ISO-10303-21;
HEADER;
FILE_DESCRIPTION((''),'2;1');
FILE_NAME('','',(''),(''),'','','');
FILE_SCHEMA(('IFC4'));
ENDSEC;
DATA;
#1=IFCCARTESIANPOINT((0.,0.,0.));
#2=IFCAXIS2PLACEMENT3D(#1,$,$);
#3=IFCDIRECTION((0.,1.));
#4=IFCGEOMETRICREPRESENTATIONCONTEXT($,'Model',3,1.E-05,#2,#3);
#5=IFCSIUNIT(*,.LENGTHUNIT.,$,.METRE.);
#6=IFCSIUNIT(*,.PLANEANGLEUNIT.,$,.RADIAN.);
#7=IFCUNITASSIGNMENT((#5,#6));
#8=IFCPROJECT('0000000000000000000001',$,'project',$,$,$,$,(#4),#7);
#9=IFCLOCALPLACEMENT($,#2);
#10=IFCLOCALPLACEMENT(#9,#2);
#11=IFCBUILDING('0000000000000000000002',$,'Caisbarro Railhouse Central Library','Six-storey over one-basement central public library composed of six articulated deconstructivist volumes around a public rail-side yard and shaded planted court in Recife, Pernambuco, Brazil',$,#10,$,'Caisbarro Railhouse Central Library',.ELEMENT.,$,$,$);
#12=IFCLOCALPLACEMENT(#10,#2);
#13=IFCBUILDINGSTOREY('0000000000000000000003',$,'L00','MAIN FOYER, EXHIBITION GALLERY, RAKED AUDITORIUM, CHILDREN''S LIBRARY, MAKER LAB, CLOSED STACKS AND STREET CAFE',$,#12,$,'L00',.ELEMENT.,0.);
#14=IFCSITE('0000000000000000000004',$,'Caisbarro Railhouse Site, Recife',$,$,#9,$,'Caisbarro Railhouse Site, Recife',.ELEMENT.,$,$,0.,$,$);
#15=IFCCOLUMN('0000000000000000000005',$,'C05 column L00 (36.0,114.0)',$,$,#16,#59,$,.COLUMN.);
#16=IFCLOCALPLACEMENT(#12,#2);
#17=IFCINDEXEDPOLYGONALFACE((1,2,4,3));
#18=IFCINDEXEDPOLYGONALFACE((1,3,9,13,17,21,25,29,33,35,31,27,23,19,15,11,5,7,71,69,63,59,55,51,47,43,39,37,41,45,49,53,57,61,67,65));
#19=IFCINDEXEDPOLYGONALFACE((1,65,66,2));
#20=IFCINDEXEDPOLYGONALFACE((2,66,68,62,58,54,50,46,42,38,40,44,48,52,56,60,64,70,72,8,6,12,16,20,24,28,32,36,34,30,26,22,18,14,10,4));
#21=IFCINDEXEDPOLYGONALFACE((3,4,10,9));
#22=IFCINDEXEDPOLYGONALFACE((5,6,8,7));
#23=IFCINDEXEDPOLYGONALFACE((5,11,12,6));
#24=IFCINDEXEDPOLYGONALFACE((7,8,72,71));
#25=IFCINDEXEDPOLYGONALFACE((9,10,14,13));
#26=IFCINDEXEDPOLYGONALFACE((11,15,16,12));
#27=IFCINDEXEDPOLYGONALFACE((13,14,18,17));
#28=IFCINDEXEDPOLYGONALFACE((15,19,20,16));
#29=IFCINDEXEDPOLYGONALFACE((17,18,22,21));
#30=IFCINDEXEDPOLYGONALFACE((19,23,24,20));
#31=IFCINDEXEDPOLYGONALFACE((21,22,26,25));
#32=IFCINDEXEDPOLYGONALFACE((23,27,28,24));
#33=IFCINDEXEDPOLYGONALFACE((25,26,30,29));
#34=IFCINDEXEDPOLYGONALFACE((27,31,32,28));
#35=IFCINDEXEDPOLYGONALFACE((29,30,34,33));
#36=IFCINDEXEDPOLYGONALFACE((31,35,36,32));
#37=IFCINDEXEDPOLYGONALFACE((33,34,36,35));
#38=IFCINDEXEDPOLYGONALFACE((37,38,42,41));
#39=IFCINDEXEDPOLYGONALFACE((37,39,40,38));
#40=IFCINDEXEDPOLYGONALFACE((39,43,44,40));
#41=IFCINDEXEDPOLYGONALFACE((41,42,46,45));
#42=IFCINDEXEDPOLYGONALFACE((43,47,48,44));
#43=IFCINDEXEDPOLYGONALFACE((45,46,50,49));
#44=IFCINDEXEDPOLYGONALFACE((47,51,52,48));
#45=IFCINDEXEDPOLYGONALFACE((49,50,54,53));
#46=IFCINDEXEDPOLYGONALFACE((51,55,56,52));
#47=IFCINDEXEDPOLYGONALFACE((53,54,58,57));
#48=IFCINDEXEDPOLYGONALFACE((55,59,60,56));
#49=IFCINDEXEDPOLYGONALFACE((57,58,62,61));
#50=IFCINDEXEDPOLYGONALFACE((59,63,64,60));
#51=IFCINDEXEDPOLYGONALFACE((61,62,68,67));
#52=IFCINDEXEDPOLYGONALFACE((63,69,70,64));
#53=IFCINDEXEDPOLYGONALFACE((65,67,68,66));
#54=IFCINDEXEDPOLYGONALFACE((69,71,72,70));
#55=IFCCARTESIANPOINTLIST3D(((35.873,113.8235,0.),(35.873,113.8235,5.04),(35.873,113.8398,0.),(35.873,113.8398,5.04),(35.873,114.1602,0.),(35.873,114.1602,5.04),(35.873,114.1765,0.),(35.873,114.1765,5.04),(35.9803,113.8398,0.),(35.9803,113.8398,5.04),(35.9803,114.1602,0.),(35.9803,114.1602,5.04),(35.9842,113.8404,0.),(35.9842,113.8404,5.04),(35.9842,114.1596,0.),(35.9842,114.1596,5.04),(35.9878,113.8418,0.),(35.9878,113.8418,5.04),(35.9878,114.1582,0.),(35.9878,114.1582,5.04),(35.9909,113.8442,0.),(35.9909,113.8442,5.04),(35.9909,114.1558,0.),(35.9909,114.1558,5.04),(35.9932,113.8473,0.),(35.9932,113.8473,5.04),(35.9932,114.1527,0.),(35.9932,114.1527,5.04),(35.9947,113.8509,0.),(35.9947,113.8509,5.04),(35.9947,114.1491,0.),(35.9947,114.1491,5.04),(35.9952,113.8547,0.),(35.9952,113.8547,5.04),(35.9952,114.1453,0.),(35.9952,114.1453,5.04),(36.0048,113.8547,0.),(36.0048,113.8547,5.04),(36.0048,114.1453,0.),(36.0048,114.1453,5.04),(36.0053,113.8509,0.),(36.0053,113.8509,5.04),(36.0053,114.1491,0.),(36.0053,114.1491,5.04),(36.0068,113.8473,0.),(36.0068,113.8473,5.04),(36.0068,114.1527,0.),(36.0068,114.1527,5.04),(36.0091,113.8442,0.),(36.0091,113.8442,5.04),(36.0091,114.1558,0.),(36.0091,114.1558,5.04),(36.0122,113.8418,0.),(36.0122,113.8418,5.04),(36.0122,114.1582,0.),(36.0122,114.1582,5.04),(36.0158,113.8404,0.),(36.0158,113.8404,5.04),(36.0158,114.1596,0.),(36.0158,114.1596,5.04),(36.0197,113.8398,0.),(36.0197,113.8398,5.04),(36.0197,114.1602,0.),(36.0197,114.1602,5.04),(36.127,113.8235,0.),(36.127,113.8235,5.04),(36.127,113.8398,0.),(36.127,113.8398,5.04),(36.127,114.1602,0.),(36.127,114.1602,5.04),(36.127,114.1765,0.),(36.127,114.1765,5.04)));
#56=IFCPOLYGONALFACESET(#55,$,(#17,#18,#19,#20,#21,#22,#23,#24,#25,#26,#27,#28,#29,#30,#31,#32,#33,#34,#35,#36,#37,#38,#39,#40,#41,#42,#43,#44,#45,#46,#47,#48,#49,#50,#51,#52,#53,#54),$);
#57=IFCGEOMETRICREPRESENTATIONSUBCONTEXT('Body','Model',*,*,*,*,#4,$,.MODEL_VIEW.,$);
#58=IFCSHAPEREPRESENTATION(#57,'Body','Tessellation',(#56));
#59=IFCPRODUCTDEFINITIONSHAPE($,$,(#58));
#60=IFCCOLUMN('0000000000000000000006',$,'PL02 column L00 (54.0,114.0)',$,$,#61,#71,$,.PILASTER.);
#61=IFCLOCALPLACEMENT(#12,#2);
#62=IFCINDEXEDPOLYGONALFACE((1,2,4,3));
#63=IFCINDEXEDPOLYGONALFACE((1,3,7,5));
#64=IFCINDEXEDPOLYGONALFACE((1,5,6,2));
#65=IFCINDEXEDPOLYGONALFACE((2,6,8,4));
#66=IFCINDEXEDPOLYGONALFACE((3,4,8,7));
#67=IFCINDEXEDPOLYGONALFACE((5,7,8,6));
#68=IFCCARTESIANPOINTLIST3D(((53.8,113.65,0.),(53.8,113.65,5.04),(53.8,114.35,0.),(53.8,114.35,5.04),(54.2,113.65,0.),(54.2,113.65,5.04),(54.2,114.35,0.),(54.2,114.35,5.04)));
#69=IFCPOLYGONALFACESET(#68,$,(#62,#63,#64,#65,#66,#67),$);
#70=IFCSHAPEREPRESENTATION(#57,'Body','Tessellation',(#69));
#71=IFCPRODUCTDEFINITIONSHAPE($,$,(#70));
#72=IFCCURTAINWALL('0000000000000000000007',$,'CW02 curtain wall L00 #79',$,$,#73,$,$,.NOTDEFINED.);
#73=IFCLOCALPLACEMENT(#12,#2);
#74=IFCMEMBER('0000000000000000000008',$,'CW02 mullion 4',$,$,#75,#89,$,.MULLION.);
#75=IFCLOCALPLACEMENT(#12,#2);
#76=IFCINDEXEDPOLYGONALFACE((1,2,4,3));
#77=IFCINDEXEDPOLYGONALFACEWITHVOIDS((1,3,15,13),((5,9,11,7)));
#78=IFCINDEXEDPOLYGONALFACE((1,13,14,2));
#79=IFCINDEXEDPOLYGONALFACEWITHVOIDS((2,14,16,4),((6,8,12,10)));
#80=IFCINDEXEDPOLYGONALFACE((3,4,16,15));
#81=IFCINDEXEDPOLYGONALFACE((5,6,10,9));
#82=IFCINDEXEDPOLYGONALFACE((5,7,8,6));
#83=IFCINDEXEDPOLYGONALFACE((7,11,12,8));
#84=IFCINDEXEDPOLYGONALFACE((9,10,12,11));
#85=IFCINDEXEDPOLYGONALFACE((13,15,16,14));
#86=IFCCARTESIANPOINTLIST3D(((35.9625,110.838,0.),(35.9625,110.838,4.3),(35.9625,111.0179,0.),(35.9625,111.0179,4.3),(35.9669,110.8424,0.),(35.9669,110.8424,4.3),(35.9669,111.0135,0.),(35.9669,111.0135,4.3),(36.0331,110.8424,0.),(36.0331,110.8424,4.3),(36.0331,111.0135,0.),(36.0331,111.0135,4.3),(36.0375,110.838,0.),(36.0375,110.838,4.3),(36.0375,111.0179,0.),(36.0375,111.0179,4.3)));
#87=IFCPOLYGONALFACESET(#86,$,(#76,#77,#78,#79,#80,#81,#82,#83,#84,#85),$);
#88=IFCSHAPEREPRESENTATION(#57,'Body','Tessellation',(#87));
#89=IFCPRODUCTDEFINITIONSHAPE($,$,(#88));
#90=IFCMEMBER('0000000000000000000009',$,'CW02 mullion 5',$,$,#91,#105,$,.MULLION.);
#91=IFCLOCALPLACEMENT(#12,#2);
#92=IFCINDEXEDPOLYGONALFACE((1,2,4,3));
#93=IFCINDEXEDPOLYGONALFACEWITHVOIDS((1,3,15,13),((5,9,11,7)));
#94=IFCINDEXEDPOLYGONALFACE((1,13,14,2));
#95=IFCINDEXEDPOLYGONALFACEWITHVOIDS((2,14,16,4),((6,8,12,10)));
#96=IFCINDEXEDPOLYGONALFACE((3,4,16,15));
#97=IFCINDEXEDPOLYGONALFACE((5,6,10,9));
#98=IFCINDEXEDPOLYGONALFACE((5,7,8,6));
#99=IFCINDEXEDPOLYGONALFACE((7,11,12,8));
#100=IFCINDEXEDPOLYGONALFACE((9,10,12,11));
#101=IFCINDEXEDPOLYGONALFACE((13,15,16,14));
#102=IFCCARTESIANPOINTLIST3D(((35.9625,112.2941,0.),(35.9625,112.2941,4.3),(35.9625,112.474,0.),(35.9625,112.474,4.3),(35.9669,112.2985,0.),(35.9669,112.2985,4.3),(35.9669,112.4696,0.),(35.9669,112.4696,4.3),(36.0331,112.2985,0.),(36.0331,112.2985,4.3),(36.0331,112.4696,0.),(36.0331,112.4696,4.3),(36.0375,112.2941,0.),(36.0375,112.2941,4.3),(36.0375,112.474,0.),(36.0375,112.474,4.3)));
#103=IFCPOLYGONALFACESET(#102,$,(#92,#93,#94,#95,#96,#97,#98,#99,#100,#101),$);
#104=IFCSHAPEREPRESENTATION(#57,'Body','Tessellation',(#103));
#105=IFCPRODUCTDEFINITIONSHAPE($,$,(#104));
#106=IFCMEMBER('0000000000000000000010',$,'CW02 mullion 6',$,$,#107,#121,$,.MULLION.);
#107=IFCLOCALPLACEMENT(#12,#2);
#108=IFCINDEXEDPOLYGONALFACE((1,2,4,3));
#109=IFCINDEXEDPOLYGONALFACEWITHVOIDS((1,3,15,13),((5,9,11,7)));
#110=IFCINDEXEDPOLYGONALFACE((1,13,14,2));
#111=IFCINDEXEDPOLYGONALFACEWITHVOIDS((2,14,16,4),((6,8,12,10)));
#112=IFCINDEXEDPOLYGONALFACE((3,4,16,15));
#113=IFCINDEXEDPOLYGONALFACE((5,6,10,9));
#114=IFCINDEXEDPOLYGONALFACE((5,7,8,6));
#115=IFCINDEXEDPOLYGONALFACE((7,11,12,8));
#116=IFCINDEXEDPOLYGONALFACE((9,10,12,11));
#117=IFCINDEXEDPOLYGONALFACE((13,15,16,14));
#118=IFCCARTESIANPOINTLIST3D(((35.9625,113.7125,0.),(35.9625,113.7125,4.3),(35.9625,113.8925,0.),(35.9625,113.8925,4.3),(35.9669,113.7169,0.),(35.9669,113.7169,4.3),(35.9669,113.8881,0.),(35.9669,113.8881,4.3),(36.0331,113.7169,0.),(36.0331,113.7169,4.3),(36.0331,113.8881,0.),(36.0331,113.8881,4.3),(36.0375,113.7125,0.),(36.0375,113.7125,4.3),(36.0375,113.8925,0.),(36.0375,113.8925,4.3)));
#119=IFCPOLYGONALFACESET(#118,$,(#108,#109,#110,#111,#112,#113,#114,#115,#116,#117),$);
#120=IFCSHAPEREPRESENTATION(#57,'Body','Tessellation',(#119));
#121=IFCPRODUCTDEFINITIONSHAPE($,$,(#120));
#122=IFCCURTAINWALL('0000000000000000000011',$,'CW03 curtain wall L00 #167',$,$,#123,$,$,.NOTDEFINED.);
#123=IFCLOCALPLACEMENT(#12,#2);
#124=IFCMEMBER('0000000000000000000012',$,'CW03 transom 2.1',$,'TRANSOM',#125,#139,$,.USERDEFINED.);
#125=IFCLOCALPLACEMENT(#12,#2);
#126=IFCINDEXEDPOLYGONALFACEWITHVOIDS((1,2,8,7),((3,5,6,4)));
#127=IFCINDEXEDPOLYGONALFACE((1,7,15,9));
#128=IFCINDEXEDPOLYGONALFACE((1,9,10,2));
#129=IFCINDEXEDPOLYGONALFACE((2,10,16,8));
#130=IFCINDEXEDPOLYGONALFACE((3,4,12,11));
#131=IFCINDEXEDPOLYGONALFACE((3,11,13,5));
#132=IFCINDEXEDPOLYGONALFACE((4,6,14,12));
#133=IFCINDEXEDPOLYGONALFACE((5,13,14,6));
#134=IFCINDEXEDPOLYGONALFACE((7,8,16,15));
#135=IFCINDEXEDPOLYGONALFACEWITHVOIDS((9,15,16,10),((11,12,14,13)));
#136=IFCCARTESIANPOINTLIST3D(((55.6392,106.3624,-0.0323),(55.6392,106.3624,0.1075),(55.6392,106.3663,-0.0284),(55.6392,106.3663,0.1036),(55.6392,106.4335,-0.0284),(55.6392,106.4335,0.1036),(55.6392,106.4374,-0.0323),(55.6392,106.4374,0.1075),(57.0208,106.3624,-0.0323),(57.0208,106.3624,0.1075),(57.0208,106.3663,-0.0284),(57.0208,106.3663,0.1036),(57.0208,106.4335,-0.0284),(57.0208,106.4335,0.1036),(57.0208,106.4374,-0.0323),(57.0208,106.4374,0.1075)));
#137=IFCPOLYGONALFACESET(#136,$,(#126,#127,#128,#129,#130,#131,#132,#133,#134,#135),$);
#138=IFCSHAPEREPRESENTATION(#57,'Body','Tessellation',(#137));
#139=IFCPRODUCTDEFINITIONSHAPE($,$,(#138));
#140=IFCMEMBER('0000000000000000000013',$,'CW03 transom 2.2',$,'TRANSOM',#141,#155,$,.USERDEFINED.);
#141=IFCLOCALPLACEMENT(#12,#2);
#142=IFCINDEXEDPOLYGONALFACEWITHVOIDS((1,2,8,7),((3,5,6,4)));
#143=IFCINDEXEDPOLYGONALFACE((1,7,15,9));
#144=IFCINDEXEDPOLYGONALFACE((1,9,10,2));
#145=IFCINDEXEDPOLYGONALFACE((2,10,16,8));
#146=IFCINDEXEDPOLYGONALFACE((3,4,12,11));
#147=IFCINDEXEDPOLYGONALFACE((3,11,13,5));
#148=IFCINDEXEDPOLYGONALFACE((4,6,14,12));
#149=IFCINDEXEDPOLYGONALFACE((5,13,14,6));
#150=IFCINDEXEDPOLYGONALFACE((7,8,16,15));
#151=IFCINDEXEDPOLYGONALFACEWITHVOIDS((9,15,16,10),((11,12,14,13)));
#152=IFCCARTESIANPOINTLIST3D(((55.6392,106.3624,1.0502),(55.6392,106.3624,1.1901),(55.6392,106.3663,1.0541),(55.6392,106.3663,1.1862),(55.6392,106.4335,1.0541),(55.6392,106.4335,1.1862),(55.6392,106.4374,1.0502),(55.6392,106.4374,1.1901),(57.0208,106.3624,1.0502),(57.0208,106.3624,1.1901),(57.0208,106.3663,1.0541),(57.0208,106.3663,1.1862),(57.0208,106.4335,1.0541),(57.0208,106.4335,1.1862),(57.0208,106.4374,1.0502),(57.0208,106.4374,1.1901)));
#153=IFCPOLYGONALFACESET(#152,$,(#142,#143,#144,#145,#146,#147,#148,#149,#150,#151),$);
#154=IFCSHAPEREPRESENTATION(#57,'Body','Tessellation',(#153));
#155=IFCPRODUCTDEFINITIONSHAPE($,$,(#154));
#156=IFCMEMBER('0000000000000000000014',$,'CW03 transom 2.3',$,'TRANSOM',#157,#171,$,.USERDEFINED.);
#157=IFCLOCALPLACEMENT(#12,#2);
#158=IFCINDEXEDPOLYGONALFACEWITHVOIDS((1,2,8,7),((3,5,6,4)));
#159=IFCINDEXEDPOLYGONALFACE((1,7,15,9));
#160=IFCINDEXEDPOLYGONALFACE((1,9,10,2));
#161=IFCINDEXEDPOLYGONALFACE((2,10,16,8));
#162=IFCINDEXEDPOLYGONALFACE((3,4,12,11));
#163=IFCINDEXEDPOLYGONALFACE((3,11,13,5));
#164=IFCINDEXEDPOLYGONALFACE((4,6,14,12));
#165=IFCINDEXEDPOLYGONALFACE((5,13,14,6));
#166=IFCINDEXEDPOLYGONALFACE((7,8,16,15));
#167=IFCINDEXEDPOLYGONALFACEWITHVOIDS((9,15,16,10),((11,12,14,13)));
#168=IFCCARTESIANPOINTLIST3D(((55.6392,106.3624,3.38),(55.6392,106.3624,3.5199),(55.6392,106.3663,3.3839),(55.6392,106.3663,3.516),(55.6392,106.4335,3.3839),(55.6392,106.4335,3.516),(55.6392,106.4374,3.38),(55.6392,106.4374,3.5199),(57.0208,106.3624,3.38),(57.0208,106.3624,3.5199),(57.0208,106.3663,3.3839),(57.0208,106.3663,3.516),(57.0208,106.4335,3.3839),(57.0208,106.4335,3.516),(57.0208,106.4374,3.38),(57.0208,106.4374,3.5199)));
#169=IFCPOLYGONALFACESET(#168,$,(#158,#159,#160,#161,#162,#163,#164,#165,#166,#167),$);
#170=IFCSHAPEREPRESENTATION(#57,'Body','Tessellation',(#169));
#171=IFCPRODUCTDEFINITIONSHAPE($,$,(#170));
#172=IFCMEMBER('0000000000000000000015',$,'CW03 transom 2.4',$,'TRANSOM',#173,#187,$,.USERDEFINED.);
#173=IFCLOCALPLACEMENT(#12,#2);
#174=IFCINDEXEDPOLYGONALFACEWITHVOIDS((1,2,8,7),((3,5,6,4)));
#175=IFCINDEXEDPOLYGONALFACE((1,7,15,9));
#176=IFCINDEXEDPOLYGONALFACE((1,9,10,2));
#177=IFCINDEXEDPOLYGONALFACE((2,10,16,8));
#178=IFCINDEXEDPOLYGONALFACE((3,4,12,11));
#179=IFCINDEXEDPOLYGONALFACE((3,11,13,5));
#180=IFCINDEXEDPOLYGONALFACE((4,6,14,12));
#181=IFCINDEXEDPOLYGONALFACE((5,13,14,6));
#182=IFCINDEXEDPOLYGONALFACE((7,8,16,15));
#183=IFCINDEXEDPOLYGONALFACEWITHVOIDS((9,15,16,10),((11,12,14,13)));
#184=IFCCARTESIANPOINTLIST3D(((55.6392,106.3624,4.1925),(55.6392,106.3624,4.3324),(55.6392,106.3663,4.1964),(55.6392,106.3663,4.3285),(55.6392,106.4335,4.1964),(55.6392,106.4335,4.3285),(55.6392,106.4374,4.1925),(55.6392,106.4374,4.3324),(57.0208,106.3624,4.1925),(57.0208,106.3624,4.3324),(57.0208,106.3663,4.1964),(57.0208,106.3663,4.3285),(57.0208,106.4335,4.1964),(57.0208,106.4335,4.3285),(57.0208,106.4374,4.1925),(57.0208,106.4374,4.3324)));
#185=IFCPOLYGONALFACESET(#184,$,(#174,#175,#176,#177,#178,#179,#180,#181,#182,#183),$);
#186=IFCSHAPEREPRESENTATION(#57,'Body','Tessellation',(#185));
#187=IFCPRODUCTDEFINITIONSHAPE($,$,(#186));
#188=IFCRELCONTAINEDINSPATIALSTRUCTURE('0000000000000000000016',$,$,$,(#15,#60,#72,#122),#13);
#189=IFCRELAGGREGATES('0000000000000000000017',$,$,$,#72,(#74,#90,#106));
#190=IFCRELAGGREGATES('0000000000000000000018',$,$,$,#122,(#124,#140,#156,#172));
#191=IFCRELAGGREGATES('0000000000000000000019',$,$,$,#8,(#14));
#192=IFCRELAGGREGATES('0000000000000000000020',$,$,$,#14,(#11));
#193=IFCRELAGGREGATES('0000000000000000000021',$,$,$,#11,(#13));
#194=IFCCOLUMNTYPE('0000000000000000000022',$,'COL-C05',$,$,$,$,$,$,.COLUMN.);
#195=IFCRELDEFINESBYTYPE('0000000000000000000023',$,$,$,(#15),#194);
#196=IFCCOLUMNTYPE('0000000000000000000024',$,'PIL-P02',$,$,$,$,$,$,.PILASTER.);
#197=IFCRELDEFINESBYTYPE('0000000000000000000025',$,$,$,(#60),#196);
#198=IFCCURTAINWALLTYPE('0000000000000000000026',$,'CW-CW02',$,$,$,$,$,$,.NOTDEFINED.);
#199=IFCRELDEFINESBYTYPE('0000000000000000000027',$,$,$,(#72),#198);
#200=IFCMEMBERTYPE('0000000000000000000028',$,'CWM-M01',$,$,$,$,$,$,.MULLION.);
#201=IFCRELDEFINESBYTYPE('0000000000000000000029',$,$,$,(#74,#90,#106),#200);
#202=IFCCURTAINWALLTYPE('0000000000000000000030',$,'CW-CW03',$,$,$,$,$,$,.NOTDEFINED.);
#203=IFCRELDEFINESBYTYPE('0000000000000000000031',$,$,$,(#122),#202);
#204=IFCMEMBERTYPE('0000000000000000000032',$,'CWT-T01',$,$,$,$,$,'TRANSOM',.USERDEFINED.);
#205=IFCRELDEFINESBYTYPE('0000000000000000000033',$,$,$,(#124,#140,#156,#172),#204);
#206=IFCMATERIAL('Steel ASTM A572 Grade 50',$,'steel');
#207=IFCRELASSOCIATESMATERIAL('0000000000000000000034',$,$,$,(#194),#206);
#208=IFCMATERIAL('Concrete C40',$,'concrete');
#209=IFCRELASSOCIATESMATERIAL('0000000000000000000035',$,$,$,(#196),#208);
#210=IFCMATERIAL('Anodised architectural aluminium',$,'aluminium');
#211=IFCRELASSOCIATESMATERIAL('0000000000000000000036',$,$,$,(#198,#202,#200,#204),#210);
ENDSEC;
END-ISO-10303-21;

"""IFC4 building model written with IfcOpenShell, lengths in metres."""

from ifc_helpers import new_model, si_unit, direction, frame, origin, origin_2d, place, context, subcontext, project, spatial, rectangle, hollow_rectangle, i_section, extrude, material, material_profile, profile_set, type_object, element, aggregate, save


model = new_model("IFC4")

# Units and contexts
model_context = context("Model", 3, precision=1e-05, world=origin(), true_north=direction((0.0, 1.0)))
body_context = subcontext(model_context, "Body", "Model", "MODEL_VIEW")
ifc_project = project(units=[si_unit("LENGTHUNIT", "METRE"), si_unit("PLANEANGLEUNIT", "RADIAN")], contexts=[model_context])

# Site, building, storey
site_placement = place(None, origin())
site = spatial("IfcSite", under=ifc_project, at=site_placement, Name="Caisbarro Railhouse Site, Recife", LongName="Caisbarro Railhouse Site, Recife", CompositionType="ELEMENT", RefElevation=0.0)
building_placement = place(site_placement, origin())
building = spatial("IfcBuilding", under=site, at=building_placement, Name="Caisbarro Railhouse Central Library", Description="Six-storey over one-basement central public library composed of six articulated deconstructivist volumes around a public rail-side yard and shaded planted court in Recife, Pernambuco, Brazil", LongName="Caisbarro Railhouse Central Library", CompositionType="ELEMENT")
storey_placement = place(building_placement, origin())
storey = spatial("IfcBuildingStorey", under=building, at=storey_placement, Name="L00", Description="MAIN FOYER, EXHIBITION GALLERY, RAKED AUDITORIUM, CHILDREN'S LIBRARY, MAKER LAB, CLOSED STACKS AND STREET CAFE", LongName="L00", CompositionType="ELEMENT", Elevation=0.0)

# Columns
ifc_material_1 = material(Name="Steel ASTM A572 Grade 50", Category="steel")
ifc_material_profile_1 = material_profile(ifc_material_1, i_section(OverallWidth=0.2539, OverallDepth=0.353, WebThickness=0.0095, FlangeThickness=0.0164, FilletRadius=0.0149, at=origin_2d()), Name="W360X91.0")
ifc_profile_set_1 = profile_set([ifc_material_profile_1], Name="Steel ASTM A572 Grade 50")
column_type_1 = type_object("IfcColumnType", Name="COL-C05", PredefinedType="COLUMN", material=ifc_profile_set_1)
column_1_placement = place(storey_placement, frame((36.0, 114.0, 0.0), z_axis=(0.0, 0.0, 1.0), x_axis=(1.0, 0.0, 0.0)))
element("IfcColumn", 1, at=column_1_placement, inside=storey, type_object=column_type_1, Name="C05 column L00 (36.0,114.0)", PredefinedType="COLUMN", context=body_context, shape_type="SweptSolid", body=[
    extrude(i_section(OverallWidth=0.2539, OverallDepth=0.353, WebThickness=0.0095, FlangeThickness=0.0164, FilletRadius=0.0149, at=origin_2d()), origin(), (0.0, 0.0, 1.0), 5.04),
])
ifc_material_2 = material(Name="Concrete C40", Category="concrete")
ifc_material_profile_2 = material_profile(ifc_material_2, rectangle(XDim=0.3999, YDim=0.7, at=origin_2d()), Name="RC-PIL-400X700")
ifc_profile_set_2 = profile_set([ifc_material_profile_2], Name="Concrete C40")
column_type_2 = type_object("IfcColumnType", Name="PIL-P02", PredefinedType="PILASTER", material=ifc_profile_set_2)
column_2_placement = place(storey_placement, frame((54.0, 114.0, 0.0), z_axis=(0.0, 0.0, 1.0), x_axis=(1.0, 0.0, 0.0)))
element("IfcColumn", 2, at=column_2_placement, inside=storey, type_object=column_type_2, Name="PL02 column L00 (54.0,114.0)", PredefinedType="PILASTER", context=body_context, shape_type="SweptSolid", body=[
    extrude(rectangle(XDim=0.3999, YDim=0.7, at=origin_2d()), origin(), (0.0, 0.0, 1.0), 5.04),
])

# Curtain walls, members
ifc_material_3 = material(Name="Anodised architectural aluminium", Category="aluminium")
curtain_wall_type_1 = type_object("IfcCurtainWallType", Name="CW-CW02", PredefinedType="NOTDEFINED", material=ifc_material_3)
curtain_wall_1_placement = place(storey_placement, origin())
curtain_wall_1 = element("IfcCurtainWall", 3, at=curtain_wall_1_placement, inside=storey, type_object=curtain_wall_type_1, Name="CW02 curtain wall L00 #79", PredefinedType="NOTDEFINED")
ifc_material_profile_3 = material_profile(ifc_material_3, hollow_rectangle(XDim=0.075, YDim=0.1799, WallThickness=0.0044, at=origin_2d()), Name="ALU-MUL-75X180")
ifc_profile_set_3 = profile_set([ifc_material_profile_3], Name="Anodised architectural aluminium")
member_type_1 = type_object("IfcMemberType", Name="CWM-M01", PredefinedType="MULLION", material=ifc_profile_set_3)
member_1_placement = place(storey_placement, frame((36.0, 110.928, 0.0), z_axis=(0.0, 0.0, 1.0), x_axis=(-1.0, 0.0, 0.0)))
member_1 = element("IfcMember", 4, at=member_1_placement, type_object=member_type_1, Name="CW02 mullion 4", PredefinedType="MULLION", context=body_context, shape_type="SweptSolid", body=[
    extrude(hollow_rectangle(XDim=0.075, YDim=0.1799, WallThickness=0.0044, at=origin_2d()), origin(), (0.0, 0.0, 1.0), 4.3),
])
member_2_placement = place(storey_placement, frame((36.0, 112.384, 0.0), z_axis=(0.0, 0.0, 1.0), x_axis=(-1.0, 0.0, 0.0)))
member_2 = element("IfcMember", 5, at=member_2_placement, type_object=member_type_1, Name="CW02 mullion 5", PredefinedType="MULLION", context=body_context, shape_type="SweptSolid", body=[
    extrude(hollow_rectangle(XDim=0.075, YDim=0.1799, WallThickness=0.0044, at=origin_2d()), origin(), (0.0, 0.0, 1.0), 4.3),
])
member_3_placement = place(storey_placement, frame((36.0, 113.8025, 0.0), z_axis=(0.0, 0.0, 1.0), x_axis=(-1.0, 0.0, 0.0)))
member_3 = element("IfcMember", 6, at=member_3_placement, type_object=member_type_1, Name="CW02 mullion 6", PredefinedType="MULLION", context=body_context, shape_type="SweptSolid", body=[
    extrude(hollow_rectangle(XDim=0.075, YDim=0.1799, WallThickness=0.0044, at=origin_2d()), origin(), (0.0, 0.0, 1.0), 4.3),
])
curtain_wall_type_2 = type_object("IfcCurtainWallType", Name="CW-CW03", PredefinedType="NOTDEFINED", material=ifc_material_3)
curtain_wall_2_placement = place(storey_placement, origin())
curtain_wall_2 = element("IfcCurtainWall", 7, at=curtain_wall_2_placement, inside=storey, type_object=curtain_wall_type_2, Name="CW03 curtain wall L00 #167", PredefinedType="NOTDEFINED")
ifc_material_profile_4 = material_profile(ifc_material_3, hollow_rectangle(XDim=0.075, YDim=0.1399, WallThickness=0.0039, at=origin_2d()), Name="ALU-TRN-75X140")
ifc_profile_set_4 = profile_set([ifc_material_profile_4], Name="Anodised architectural aluminium")
member_type_2 = type_object("IfcMemberType", Name="CWT-T01", ElementType="TRANSOM", PredefinedType="USERDEFINED", material=ifc_profile_set_4)
member_4_placement = place(storey_placement, frame((55.6392, 106.3999, 0.0376), z_axis=(1.0, 0.0, 0.0), x_axis=(0.0, 1.0, 0.0)))
member_4 = element("IfcMember", 8, at=member_4_placement, type_object=member_type_2, Name="CW03 transom 2.1", ObjectType="TRANSOM", PredefinedType="USERDEFINED", context=body_context, shape_type="SweptSolid", body=[
    extrude(hollow_rectangle(XDim=0.075, YDim=0.1399, WallThickness=0.0039, at=origin_2d()), origin(), (0.0, 0.0, 1.0), 1.3816),
])
member_5_placement = place(storey_placement, frame((55.6392, 106.3999, 1.1201), z_axis=(1.0, 0.0, 0.0), x_axis=(0.0, 1.0, 0.0)))
member_5 = element("IfcMember", 9, at=member_5_placement, type_object=member_type_2, Name="CW03 transom 2.2", ObjectType="TRANSOM", PredefinedType="USERDEFINED", context=body_context, shape_type="SweptSolid", body=[
    extrude(hollow_rectangle(XDim=0.075, YDim=0.1399, WallThickness=0.0039, at=origin_2d()), origin(), (0.0, 0.0, 1.0), 1.3816),
])
member_6_placement = place(storey_placement, frame((55.6392, 106.3999, 3.45), z_axis=(1.0, 0.0, 0.0), x_axis=(0.0, 1.0, 0.0)))
member_6 = element("IfcMember", 10, at=member_6_placement, type_object=member_type_2, Name="CW03 transom 2.3", ObjectType="TRANSOM", PredefinedType="USERDEFINED", context=body_context, shape_type="SweptSolid", body=[
    extrude(hollow_rectangle(XDim=0.075, YDim=0.1399, WallThickness=0.0039, at=origin_2d()), origin(), (0.0, 0.0, 1.0), 1.3816),
])
member_7_placement = place(storey_placement, frame((55.6392, 106.3999, 4.2625), z_axis=(1.0, 0.0, 0.0), x_axis=(0.0, 1.0, 0.0)))
member_7 = element("IfcMember", 11, at=member_7_placement, type_object=member_type_2, Name="CW03 transom 2.4", ObjectType="TRANSOM", PredefinedType="USERDEFINED", context=body_context, shape_type="SweptSolid", body=[
    extrude(hollow_rectangle(XDim=0.075, YDim=0.1399, WallThickness=0.0039, at=origin_2d()), origin(), (0.0, 0.0, 1.0), 1.3816),
])

aggregate(curtain_wall_1, [member_1, member_2, member_3])
aggregate(curtain_wall_2, [member_4, member_5, member_6, member_7])

save(model, "model.ifc")
